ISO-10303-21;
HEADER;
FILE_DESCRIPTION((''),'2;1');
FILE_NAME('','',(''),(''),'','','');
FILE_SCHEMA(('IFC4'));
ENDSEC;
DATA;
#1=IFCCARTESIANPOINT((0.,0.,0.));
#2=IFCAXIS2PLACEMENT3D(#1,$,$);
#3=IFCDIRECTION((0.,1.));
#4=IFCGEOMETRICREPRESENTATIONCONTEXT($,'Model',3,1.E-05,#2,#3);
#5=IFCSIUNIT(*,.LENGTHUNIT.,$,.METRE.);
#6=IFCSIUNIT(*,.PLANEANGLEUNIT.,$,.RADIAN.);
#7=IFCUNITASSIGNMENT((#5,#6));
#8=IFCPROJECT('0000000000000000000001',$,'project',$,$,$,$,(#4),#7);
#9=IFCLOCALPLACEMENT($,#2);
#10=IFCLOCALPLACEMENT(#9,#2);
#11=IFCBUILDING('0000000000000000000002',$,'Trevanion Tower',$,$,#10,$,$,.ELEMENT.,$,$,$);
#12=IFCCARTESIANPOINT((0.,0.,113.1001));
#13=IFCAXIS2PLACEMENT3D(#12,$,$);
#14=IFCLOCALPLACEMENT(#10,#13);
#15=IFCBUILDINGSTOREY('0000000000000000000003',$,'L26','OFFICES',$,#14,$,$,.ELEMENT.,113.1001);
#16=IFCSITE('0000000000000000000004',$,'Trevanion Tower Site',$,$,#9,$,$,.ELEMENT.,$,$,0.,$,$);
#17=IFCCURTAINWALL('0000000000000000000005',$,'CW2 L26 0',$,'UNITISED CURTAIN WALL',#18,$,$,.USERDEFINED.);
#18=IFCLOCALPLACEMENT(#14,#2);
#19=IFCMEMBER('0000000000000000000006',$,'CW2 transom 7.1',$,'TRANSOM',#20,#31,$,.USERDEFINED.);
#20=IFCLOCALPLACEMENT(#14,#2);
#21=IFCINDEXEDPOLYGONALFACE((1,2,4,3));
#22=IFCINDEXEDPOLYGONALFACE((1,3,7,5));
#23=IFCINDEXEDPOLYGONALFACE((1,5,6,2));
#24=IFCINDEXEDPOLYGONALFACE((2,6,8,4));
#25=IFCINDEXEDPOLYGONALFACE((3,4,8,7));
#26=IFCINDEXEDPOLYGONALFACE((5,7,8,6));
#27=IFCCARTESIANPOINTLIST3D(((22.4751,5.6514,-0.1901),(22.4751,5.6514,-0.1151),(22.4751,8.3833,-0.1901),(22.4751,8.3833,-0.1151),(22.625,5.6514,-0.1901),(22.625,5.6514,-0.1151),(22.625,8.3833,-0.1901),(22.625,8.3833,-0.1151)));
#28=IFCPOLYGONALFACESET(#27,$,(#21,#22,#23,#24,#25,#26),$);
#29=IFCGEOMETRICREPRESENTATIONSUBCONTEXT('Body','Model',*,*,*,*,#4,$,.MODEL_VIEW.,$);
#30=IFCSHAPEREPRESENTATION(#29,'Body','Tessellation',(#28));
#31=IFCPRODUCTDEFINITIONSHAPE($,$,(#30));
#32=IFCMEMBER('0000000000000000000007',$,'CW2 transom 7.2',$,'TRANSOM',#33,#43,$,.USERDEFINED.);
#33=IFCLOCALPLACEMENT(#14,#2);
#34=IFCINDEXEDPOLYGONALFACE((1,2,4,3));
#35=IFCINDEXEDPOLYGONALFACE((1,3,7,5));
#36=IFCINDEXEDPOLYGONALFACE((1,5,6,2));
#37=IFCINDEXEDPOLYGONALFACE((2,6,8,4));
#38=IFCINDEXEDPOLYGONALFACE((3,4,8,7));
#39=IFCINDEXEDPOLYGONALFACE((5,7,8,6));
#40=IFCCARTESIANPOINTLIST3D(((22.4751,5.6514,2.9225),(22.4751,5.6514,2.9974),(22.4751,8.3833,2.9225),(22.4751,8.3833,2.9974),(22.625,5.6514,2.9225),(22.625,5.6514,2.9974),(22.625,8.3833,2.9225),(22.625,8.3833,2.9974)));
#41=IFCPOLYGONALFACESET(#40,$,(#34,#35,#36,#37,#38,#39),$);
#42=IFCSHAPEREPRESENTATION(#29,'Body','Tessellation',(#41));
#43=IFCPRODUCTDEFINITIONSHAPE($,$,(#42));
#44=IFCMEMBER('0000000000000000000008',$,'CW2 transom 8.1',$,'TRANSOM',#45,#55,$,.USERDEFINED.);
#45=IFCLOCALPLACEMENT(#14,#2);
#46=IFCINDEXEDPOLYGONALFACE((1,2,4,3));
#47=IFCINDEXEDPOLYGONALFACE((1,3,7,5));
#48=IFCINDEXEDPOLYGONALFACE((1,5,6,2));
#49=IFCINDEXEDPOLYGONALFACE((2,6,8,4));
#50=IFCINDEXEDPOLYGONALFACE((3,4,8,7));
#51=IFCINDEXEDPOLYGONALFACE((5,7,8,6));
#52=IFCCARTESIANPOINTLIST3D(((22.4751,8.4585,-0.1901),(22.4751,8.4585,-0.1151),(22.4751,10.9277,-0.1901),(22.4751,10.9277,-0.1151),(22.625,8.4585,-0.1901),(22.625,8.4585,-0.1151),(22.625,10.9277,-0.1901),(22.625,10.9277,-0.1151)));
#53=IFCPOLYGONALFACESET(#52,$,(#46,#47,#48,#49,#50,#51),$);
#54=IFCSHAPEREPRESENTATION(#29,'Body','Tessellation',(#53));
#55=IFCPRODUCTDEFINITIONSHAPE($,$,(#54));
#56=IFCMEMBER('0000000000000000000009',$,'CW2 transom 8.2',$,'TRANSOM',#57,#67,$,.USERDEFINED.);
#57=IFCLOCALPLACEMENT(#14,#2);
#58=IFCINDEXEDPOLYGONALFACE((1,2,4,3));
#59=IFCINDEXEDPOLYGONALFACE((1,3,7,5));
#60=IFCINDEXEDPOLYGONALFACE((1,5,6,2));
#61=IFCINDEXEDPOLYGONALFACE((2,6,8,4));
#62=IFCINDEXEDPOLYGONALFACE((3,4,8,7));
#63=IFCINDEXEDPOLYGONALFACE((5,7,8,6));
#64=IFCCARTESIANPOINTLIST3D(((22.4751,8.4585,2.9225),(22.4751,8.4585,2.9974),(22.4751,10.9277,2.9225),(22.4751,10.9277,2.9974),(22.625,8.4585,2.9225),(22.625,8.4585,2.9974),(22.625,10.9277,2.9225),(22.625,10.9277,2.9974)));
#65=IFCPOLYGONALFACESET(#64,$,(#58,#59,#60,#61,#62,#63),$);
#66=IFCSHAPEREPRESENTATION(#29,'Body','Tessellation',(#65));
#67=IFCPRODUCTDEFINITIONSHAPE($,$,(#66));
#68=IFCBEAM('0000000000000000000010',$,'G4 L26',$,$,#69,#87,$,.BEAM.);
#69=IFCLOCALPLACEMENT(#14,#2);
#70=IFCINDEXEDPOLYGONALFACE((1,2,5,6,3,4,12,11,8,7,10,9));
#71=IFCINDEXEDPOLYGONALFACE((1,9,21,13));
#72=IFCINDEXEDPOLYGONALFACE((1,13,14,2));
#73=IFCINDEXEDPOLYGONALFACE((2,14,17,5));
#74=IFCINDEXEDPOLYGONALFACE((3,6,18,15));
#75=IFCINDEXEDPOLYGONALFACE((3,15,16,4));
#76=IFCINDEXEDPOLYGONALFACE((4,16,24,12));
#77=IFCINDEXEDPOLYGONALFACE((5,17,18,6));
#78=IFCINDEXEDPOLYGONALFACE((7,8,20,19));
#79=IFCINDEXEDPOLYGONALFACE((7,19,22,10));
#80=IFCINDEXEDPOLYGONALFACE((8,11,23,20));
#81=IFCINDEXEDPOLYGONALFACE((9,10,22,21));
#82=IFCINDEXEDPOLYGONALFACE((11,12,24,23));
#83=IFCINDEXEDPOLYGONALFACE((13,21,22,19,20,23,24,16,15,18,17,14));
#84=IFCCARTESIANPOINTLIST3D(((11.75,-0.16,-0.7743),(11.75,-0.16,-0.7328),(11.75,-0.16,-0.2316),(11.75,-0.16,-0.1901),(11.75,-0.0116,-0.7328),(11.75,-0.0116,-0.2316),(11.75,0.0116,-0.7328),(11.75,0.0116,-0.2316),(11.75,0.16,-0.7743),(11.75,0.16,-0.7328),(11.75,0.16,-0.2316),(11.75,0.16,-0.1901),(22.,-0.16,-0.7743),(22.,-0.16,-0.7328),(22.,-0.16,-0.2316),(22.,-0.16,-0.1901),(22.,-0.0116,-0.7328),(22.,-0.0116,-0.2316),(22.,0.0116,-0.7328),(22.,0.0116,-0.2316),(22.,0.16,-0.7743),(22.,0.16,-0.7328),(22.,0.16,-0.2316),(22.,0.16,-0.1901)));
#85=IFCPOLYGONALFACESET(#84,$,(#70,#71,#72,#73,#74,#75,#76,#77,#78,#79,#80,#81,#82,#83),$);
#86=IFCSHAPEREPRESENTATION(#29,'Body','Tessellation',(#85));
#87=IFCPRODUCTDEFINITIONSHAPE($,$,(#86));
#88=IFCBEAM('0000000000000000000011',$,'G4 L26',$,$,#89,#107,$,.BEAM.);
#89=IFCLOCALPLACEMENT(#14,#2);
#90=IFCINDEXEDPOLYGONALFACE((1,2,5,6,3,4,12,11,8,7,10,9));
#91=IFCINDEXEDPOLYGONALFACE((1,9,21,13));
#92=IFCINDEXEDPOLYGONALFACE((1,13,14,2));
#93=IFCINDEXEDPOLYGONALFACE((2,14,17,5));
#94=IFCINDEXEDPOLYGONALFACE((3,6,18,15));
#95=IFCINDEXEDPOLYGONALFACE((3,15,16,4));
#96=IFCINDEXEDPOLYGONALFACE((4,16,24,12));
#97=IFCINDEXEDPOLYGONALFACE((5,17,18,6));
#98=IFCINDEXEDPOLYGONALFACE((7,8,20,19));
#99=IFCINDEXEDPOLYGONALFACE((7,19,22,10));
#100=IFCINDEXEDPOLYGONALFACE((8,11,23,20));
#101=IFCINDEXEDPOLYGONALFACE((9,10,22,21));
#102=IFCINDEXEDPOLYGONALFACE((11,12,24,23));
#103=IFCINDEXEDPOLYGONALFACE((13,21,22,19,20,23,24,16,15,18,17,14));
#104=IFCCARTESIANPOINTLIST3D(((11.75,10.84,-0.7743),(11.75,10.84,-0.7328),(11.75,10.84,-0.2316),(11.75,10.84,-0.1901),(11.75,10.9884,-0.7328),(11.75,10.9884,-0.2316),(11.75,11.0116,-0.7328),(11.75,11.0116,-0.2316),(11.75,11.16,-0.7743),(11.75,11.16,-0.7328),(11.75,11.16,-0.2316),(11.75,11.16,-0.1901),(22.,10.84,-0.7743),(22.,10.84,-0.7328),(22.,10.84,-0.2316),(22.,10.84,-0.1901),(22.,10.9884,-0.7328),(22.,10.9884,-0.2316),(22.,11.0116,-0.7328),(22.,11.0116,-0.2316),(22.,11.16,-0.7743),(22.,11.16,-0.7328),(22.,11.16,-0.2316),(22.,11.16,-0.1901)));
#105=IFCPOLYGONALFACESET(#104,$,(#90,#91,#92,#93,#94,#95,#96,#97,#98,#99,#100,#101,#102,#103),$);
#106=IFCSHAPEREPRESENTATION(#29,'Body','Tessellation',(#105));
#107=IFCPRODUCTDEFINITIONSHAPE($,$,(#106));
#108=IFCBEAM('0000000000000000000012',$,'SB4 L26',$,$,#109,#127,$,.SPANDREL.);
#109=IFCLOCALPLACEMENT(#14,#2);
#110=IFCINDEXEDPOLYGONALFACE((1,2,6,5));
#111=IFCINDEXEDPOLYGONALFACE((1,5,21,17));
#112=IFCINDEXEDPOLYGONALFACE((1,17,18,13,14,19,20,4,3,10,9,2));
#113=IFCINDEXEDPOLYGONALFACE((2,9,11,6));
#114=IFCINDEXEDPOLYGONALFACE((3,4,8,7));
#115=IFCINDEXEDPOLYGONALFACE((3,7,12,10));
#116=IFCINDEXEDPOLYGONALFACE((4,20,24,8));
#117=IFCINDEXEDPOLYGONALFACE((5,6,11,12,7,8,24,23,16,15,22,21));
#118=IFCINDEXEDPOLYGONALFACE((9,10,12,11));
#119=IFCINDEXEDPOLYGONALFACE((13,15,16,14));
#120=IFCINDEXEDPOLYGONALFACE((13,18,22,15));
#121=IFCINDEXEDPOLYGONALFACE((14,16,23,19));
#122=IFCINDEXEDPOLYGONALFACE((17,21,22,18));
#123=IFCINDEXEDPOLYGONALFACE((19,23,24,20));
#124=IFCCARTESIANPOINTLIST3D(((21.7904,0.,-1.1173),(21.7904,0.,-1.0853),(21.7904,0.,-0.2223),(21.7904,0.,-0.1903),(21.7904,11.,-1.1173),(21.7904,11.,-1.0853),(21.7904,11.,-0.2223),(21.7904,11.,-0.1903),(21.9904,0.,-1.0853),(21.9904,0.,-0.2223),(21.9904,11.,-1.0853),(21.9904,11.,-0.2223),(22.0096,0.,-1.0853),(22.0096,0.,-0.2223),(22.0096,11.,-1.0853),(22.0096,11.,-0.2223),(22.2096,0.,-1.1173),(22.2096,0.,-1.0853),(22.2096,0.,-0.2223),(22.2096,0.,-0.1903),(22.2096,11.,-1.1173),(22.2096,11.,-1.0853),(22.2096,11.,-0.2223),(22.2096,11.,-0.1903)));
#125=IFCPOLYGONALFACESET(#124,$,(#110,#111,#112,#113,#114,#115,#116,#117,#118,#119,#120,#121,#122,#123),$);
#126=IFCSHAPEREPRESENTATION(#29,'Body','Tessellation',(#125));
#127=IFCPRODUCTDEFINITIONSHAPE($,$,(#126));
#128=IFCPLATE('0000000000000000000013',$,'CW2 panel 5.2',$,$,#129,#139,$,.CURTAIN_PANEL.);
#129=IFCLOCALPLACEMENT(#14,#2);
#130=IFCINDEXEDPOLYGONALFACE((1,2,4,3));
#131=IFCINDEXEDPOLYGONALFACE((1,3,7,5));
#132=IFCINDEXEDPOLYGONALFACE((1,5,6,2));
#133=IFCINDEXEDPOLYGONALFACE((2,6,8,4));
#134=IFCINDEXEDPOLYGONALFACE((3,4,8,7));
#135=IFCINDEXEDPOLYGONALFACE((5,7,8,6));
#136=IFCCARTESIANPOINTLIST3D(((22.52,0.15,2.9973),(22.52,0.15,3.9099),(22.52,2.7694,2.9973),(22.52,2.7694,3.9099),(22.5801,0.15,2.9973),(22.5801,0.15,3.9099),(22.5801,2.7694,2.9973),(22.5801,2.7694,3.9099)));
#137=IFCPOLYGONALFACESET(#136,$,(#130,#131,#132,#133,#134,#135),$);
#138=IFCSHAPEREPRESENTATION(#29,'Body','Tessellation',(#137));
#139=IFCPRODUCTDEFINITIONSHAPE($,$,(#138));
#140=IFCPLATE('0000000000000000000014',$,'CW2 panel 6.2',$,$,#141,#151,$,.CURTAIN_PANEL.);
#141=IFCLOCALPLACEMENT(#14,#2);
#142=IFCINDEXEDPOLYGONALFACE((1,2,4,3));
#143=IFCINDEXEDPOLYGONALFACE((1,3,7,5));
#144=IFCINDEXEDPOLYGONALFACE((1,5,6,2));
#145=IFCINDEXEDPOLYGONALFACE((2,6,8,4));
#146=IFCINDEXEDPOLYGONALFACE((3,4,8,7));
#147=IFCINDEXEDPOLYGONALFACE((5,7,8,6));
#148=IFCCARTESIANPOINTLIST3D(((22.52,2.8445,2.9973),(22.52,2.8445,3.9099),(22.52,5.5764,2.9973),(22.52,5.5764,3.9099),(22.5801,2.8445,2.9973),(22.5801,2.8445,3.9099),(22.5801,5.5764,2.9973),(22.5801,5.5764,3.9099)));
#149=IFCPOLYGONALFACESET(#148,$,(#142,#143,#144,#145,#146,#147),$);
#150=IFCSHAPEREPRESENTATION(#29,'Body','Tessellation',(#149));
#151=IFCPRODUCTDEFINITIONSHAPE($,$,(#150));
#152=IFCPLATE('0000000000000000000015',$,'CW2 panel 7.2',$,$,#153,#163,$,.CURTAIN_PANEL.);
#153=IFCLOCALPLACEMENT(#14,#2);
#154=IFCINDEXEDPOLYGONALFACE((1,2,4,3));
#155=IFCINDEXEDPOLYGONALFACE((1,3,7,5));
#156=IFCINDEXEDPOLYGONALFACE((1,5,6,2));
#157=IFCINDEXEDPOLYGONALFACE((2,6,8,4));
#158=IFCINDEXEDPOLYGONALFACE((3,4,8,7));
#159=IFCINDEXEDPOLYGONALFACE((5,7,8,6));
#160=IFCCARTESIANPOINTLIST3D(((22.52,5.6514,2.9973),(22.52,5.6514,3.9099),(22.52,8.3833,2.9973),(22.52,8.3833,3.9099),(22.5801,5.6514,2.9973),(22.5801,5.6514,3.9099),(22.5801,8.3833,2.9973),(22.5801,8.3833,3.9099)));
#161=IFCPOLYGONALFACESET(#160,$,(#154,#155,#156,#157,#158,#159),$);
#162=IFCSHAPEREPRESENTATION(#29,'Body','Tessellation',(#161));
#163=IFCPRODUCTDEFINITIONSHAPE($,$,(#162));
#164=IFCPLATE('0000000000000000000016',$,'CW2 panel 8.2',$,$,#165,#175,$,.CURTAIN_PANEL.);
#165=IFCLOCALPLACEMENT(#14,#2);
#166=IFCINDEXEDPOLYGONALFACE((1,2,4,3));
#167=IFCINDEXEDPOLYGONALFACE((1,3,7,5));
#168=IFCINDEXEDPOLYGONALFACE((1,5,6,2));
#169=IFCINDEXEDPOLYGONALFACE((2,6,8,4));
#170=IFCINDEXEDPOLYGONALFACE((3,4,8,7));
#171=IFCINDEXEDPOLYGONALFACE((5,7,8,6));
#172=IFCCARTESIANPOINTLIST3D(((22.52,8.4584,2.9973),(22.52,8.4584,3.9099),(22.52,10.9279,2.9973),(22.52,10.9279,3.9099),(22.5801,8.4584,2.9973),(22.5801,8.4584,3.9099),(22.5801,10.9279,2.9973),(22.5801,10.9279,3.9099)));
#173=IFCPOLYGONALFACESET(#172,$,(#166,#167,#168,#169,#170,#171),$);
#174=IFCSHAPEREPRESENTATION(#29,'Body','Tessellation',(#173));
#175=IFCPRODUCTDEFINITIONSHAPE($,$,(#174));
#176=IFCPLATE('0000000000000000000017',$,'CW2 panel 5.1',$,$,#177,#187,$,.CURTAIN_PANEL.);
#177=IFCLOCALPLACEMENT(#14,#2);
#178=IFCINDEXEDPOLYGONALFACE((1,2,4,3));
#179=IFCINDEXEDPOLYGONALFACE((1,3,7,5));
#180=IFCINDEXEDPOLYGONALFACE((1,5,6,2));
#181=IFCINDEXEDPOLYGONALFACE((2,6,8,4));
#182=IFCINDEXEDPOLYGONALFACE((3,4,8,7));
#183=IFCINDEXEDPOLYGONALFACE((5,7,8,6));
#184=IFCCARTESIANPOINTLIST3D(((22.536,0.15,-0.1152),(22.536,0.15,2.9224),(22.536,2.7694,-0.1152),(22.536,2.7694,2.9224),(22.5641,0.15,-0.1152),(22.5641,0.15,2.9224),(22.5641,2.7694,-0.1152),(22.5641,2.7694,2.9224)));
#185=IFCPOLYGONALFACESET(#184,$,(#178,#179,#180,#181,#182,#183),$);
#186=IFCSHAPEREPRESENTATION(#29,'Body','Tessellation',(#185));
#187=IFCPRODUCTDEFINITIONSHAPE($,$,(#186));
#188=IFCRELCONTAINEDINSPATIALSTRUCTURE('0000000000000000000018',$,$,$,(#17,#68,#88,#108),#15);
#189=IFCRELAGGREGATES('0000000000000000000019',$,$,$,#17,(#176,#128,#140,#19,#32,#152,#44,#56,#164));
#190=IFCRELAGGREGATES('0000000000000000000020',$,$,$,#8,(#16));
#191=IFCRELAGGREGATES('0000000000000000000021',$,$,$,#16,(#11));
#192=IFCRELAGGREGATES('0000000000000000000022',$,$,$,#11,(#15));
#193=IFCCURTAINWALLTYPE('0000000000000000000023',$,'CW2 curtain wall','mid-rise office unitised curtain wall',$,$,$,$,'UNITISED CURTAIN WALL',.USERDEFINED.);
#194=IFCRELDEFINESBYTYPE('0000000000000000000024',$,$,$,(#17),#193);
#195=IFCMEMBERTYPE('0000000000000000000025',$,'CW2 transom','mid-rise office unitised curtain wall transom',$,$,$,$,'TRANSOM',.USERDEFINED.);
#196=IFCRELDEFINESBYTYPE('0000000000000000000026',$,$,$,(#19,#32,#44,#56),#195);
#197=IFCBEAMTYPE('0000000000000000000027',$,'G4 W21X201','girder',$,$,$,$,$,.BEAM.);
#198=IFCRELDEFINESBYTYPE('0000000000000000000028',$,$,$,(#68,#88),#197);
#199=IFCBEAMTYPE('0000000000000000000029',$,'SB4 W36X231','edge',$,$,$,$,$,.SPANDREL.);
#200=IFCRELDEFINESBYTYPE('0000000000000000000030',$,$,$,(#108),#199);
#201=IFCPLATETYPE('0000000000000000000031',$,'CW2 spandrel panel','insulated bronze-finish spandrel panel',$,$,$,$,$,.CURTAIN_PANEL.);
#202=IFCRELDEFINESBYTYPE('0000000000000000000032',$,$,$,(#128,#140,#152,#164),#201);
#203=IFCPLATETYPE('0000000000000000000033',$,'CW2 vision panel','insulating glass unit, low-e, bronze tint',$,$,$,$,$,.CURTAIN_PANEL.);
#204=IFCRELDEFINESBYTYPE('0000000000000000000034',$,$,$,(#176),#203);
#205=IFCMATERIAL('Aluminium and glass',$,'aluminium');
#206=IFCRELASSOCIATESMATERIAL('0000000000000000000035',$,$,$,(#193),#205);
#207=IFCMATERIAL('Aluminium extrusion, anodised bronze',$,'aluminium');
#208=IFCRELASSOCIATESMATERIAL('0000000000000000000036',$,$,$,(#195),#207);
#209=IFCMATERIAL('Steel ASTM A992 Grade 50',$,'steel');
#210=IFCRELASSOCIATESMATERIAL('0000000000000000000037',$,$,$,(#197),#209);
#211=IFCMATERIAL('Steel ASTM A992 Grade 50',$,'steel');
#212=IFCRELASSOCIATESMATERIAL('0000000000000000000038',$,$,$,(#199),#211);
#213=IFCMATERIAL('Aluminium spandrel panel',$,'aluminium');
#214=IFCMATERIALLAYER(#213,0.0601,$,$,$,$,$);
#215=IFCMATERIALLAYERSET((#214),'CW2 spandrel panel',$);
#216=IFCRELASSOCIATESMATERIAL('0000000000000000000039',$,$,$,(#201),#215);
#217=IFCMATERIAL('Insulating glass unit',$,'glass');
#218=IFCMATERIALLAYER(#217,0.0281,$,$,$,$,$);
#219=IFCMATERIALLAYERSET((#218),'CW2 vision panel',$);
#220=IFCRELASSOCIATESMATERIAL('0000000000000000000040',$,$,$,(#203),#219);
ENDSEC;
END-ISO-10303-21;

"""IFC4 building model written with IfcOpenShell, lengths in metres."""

from ifc_helpers import new_model, si_unit, direction, frame, origin, origin_2d, place, context, subcontext, project, spatial, rectangle, i_section, extrude, material, layer, layer_set, material_profile, profile_set, type_object, element, aggregate, save


model = new_model("IFC4")

# Units and contexts
model_context = context("Model", 3, precision=1e-05, world=origin(), true_north=direction((0.0, 1.0)))
body_context = subcontext(model_context, "Body", "Model", "MODEL_VIEW")
ifc_project = project(units=[si_unit("LENGTHUNIT", "METRE"), si_unit("PLANEANGLEUNIT", "RADIAN")], contexts=[model_context])

# Site, building, storey
site_placement = place(None, origin())
site = spatial("IfcSite", under=ifc_project, at=site_placement, Name="Trevanion Tower Site", CompositionType="ELEMENT", RefElevation=0.0)
building_placement = place(site_placement, origin())
building = spatial("IfcBuilding", under=site, at=building_placement, Name="Trevanion Tower", CompositionType="ELEMENT")
storey_placement = place(building_placement, frame((0.0, 0.0, 113.1001)))
storey = spatial("IfcBuildingStorey", under=building, at=storey_placement, Name="L26", Description="OFFICES", CompositionType="ELEMENT", Elevation=113.1001)

# Curtain wall, members
ifc_material_1 = material(Name="Aluminium and glass", Category="aluminium")
curtain_wall_type = type_object("IfcCurtainWallType", Name="CW2 curtain wall", Description="mid-rise office unitised curtain wall", ElementType="UNITISED CURTAIN WALL", PredefinedType="USERDEFINED", material=ifc_material_1)
curtain_wall_placement = place(storey_placement, origin())
curtain_wall = element("IfcCurtainWall", 1, at=curtain_wall_placement, inside=storey, type_object=curtain_wall_type, Name="CW2 L26 0", ObjectType="UNITISED CURTAIN WALL", PredefinedType="USERDEFINED")
ifc_material_2 = material(Name="Aluminium extrusion, anodised bronze", Category="aluminium")
ifc_material_profile_1 = material_profile(ifc_material_2, rectangle(XDim=0.1499, YDim=0.075, at=origin_2d()), Name="CW2 transom")
ifc_profile_set_1 = profile_set([ifc_material_profile_1], Name="Aluminium extrusion, anodised bronze")
member_type_1 = type_object("IfcMemberType", Name="CW2 transom", Description="mid-rise office unitised curtain wall transom", ElementType="TRANSOM", PredefinedType="USERDEFINED", material=ifc_profile_set_1)
member_1_placement = place(storey_placement, frame((22.55, 5.6514, -0.1526), z_axis=(0.0, 1.0, 0.0), x_axis=(-1.0, 0.0, 0.0)))
member_1 = element("IfcMember", 2, at=member_1_placement, type_object=member_type_1, Name="CW2 transom 7.1", ObjectType="TRANSOM", PredefinedType="USERDEFINED", context=body_context, shape_type="SweptSolid", body=[
    extrude(rectangle(XDim=0.1499, YDim=0.075, at=origin_2d()), origin(), (0.0, 0.0, 1.0), 2.7319),
])
member_2_placement = place(storey_placement, frame((22.55, 5.6514, 2.96), z_axis=(0.0, 1.0, 0.0), x_axis=(-1.0, 0.0, 0.0)))
member_2 = element("IfcMember", 3, at=member_2_placement, type_object=member_type_1, Name="CW2 transom 7.2", ObjectType="TRANSOM", PredefinedType="USERDEFINED", context=body_context, shape_type="SweptSolid", body=[
    extrude(rectangle(XDim=0.1499, YDim=0.075, at=origin_2d()), origin(), (0.0, 0.0, 1.0), 2.7319),
])
member_3_placement = place(storey_placement, frame((22.55, 8.4585, -0.1526), z_axis=(0.0, 1.0, 0.0), x_axis=(-1.0, 0.0, 0.0)))
member_3 = element("IfcMember", 4, at=member_3_placement, type_object=member_type_1, Name="CW2 transom 8.1", ObjectType="TRANSOM", PredefinedType="USERDEFINED", context=body_context, shape_type="SweptSolid", body=[
    extrude(rectangle(XDim=0.1499, YDim=0.075, at=origin_2d()), origin(), (0.0, 0.0, 1.0), 2.4692),
])
member_4_placement = place(storey_placement, frame((22.55, 8.4585, 2.96), z_axis=(0.0, 1.0, 0.0), x_axis=(-1.0, 0.0, 0.0)))
member_4 = element("IfcMember", 5, at=member_4_placement, type_object=member_type_1, Name="CW2 transom 8.2", ObjectType="TRANSOM", PredefinedType="USERDEFINED", context=body_context, shape_type="SweptSolid", body=[
    extrude(rectangle(XDim=0.1499, YDim=0.075, at=origin_2d()), origin(), (0.0, 0.0, 1.0), 2.4692),
])

# Beams
ifc_material_3 = material(Name="Steel ASTM A992 Grade 50", Category="steel")
ifc_material_profile_2 = material_profile(ifc_material_3, i_section(OverallWidth=0.3201, OverallDepth=0.5842, WebThickness=0.0232, FlangeThickness=0.0415, at=origin_2d()), Name="W21X201")
ifc_profile_set_2 = profile_set([ifc_material_profile_2], Name="Steel ASTM A992 Grade 50")
beam_type_1 = type_object("IfcBeamType", Name="G4 W21X201", Description="girder", PredefinedType="BEAM", material=ifc_profile_set_2)
for number, where, z_axis, x_axis, name in (
    (6, (11.75, 0.0, -0.4822), (1.0, 0.0, 0.0), (0.0, 1.0, 0.0), "G4 L26"),
    (7, (11.75, 11.0, -0.4822), (1.0, 0.0, 0.0), (0.0, 1.0, 0.0), "G4 L26"),
):
    element("IfcBeam", number, at=place(storey_placement, frame(where, z_axis=z_axis, x_axis=x_axis)), inside=storey, type_object=beam_type_1, Name=name, PredefinedType="BEAM", context=body_context, shape_type="SweptSolid", body=[
        extrude(i_section(OverallWidth=0.3201, OverallDepth=0.5842, WebThickness=0.0232, FlangeThickness=0.0415, at=origin_2d()), origin(), (0.0, 0.0, 1.0), 10.25),
    ])
ifc_material_4 = material(Name="Steel ASTM A992 Grade 50", Category="steel")
ifc_material_profile_3 = material_profile(ifc_material_4, i_section(OverallWidth=0.4192, OverallDepth=0.927, WebThickness=0.0193, FlangeThickness=0.032, at=origin_2d()), Name="W36X231")
ifc_profile_set_3 = profile_set([ifc_material_profile_3], Name="Steel ASTM A992 Grade 50")
beam_type_2 = type_object("IfcBeamType", Name="SB4 W36X231", Description="edge", PredefinedType="SPANDREL", material=ifc_profile_set_3)
beam_placement = place(storey_placement, frame((22.0, 0.0, -0.6538), z_axis=(0.0, 1.0, 0.0), x_axis=(-1.0, 0.0, 0.0)))
element("IfcBeam", 8, at=beam_placement, inside=storey, type_object=beam_type_2, Name="SB4 L26", PredefinedType="SPANDREL", context=body_context, shape_type="SweptSolid", body=[
    extrude(i_section(OverallWidth=0.4192, OverallDepth=0.927, WebThickness=0.0193, FlangeThickness=0.032, at=origin_2d()), origin(), (0.0, 0.0, 1.0), 11.0),
])

# Plates
ifc_material_5 = material(Name="Aluminium spandrel panel", Category="aluminium")
ifc_layer_1 = layer(ifc_material_5, 0.0601)
ifc_layer_set_1 = layer_set([ifc_layer_1], Name="CW2 spandrel panel")
plate_type_1 = type_object("IfcPlateType", Name="CW2 spandrel panel", Description="insulated bronze-finish spandrel panel", PredefinedType="CURTAIN_PANEL", material=ifc_layer_set_1)
plate_1_placement = place(storey_placement, frame((22.55, 1.4597, 2.9973), z_axis=(0.0, 0.0, 1.0), x_axis=(0.0, 1.0, 0.0)))
plate_1 = element("IfcPlate", 9, at=plate_1_placement, type_object=plate_type_1, Name="CW2 panel 5.2", PredefinedType="CURTAIN_PANEL", context=body_context, shape_type="SweptSolid", body=[
    extrude(rectangle(XDim=2.6194, YDim=0.0601, at=origin_2d()), origin(), (0.0, 0.0, 1.0), 0.9126),
])
plate_2_placement = place(storey_placement, frame((22.55, 4.2104, 2.9973), z_axis=(0.0, 0.0, 1.0), x_axis=(0.0, 1.0, 0.0)))
plate_2 = element("IfcPlate", 10, at=plate_2_placement, type_object=plate_type_1, Name="CW2 panel 6.2", PredefinedType="CURTAIN_PANEL", context=body_context, shape_type="SweptSolid", body=[
    extrude(rectangle(XDim=2.7319, YDim=0.0601, at=origin_2d()), origin(), (0.0, 0.0, 1.0), 0.9126),
])
plate_3_placement = place(storey_placement, frame((22.55, 7.0173, 2.9973), z_axis=(0.0, 0.0, 1.0), x_axis=(0.0, 1.0, 0.0)))
plate_3 = element("IfcPlate", 11, at=plate_3_placement, type_object=plate_type_1, Name="CW2 panel 7.2", PredefinedType="CURTAIN_PANEL", context=body_context, shape_type="SweptSolid", body=[
    extrude(rectangle(XDim=2.7319, YDim=0.0601, at=origin_2d()), origin(), (0.0, 0.0, 1.0), 0.9126),
])
plate_4_placement = place(storey_placement, frame((22.55, 9.6931, 2.9973), z_axis=(0.0, 0.0, 1.0), x_axis=(0.0, 1.0, 0.0)))
plate_4 = element("IfcPlate", 12, at=plate_4_placement, type_object=plate_type_1, Name="CW2 panel 8.2", PredefinedType="CURTAIN_PANEL", context=body_context, shape_type="SweptSolid", body=[
    extrude(rectangle(XDim=2.4695, YDim=0.0601, at=origin_2d()), origin(), (0.0, 0.0, 1.0), 0.9126),
])
ifc_material_6 = material(Name="Insulating glass unit", Category="glass")
ifc_layer_2 = layer(ifc_material_6, 0.0281)
ifc_layer_set_2 = layer_set([ifc_layer_2], Name="CW2 vision panel")
plate_type_2 = type_object("IfcPlateType", Name="CW2 vision panel", Description="insulating glass unit, low-e, bronze tint", PredefinedType="CURTAIN_PANEL", material=ifc_layer_set_2)
plate_5_placement = place(storey_placement, frame((22.55, 1.4597, -0.1152), z_axis=(0.0, 0.0, 1.0), x_axis=(0.0, 1.0, 0.0)))
plate_5 = element("IfcPlate", 13, at=plate_5_placement, type_object=plate_type_2, Name="CW2 panel 5.1", PredefinedType="CURTAIN_PANEL", context=body_context, shape_type="SweptSolid", body=[
    extrude(rectangle(XDim=2.6194, YDim=0.0281, at=origin_2d()), origin(), (0.0, 0.0, 1.0), 3.0376),
])
aggregate(curtain_wall, [plate_5, plate_1, plate_2, member_1, member_2, plate_3, member_3, member_4, plate_4])

save(model, "model.ifc")
